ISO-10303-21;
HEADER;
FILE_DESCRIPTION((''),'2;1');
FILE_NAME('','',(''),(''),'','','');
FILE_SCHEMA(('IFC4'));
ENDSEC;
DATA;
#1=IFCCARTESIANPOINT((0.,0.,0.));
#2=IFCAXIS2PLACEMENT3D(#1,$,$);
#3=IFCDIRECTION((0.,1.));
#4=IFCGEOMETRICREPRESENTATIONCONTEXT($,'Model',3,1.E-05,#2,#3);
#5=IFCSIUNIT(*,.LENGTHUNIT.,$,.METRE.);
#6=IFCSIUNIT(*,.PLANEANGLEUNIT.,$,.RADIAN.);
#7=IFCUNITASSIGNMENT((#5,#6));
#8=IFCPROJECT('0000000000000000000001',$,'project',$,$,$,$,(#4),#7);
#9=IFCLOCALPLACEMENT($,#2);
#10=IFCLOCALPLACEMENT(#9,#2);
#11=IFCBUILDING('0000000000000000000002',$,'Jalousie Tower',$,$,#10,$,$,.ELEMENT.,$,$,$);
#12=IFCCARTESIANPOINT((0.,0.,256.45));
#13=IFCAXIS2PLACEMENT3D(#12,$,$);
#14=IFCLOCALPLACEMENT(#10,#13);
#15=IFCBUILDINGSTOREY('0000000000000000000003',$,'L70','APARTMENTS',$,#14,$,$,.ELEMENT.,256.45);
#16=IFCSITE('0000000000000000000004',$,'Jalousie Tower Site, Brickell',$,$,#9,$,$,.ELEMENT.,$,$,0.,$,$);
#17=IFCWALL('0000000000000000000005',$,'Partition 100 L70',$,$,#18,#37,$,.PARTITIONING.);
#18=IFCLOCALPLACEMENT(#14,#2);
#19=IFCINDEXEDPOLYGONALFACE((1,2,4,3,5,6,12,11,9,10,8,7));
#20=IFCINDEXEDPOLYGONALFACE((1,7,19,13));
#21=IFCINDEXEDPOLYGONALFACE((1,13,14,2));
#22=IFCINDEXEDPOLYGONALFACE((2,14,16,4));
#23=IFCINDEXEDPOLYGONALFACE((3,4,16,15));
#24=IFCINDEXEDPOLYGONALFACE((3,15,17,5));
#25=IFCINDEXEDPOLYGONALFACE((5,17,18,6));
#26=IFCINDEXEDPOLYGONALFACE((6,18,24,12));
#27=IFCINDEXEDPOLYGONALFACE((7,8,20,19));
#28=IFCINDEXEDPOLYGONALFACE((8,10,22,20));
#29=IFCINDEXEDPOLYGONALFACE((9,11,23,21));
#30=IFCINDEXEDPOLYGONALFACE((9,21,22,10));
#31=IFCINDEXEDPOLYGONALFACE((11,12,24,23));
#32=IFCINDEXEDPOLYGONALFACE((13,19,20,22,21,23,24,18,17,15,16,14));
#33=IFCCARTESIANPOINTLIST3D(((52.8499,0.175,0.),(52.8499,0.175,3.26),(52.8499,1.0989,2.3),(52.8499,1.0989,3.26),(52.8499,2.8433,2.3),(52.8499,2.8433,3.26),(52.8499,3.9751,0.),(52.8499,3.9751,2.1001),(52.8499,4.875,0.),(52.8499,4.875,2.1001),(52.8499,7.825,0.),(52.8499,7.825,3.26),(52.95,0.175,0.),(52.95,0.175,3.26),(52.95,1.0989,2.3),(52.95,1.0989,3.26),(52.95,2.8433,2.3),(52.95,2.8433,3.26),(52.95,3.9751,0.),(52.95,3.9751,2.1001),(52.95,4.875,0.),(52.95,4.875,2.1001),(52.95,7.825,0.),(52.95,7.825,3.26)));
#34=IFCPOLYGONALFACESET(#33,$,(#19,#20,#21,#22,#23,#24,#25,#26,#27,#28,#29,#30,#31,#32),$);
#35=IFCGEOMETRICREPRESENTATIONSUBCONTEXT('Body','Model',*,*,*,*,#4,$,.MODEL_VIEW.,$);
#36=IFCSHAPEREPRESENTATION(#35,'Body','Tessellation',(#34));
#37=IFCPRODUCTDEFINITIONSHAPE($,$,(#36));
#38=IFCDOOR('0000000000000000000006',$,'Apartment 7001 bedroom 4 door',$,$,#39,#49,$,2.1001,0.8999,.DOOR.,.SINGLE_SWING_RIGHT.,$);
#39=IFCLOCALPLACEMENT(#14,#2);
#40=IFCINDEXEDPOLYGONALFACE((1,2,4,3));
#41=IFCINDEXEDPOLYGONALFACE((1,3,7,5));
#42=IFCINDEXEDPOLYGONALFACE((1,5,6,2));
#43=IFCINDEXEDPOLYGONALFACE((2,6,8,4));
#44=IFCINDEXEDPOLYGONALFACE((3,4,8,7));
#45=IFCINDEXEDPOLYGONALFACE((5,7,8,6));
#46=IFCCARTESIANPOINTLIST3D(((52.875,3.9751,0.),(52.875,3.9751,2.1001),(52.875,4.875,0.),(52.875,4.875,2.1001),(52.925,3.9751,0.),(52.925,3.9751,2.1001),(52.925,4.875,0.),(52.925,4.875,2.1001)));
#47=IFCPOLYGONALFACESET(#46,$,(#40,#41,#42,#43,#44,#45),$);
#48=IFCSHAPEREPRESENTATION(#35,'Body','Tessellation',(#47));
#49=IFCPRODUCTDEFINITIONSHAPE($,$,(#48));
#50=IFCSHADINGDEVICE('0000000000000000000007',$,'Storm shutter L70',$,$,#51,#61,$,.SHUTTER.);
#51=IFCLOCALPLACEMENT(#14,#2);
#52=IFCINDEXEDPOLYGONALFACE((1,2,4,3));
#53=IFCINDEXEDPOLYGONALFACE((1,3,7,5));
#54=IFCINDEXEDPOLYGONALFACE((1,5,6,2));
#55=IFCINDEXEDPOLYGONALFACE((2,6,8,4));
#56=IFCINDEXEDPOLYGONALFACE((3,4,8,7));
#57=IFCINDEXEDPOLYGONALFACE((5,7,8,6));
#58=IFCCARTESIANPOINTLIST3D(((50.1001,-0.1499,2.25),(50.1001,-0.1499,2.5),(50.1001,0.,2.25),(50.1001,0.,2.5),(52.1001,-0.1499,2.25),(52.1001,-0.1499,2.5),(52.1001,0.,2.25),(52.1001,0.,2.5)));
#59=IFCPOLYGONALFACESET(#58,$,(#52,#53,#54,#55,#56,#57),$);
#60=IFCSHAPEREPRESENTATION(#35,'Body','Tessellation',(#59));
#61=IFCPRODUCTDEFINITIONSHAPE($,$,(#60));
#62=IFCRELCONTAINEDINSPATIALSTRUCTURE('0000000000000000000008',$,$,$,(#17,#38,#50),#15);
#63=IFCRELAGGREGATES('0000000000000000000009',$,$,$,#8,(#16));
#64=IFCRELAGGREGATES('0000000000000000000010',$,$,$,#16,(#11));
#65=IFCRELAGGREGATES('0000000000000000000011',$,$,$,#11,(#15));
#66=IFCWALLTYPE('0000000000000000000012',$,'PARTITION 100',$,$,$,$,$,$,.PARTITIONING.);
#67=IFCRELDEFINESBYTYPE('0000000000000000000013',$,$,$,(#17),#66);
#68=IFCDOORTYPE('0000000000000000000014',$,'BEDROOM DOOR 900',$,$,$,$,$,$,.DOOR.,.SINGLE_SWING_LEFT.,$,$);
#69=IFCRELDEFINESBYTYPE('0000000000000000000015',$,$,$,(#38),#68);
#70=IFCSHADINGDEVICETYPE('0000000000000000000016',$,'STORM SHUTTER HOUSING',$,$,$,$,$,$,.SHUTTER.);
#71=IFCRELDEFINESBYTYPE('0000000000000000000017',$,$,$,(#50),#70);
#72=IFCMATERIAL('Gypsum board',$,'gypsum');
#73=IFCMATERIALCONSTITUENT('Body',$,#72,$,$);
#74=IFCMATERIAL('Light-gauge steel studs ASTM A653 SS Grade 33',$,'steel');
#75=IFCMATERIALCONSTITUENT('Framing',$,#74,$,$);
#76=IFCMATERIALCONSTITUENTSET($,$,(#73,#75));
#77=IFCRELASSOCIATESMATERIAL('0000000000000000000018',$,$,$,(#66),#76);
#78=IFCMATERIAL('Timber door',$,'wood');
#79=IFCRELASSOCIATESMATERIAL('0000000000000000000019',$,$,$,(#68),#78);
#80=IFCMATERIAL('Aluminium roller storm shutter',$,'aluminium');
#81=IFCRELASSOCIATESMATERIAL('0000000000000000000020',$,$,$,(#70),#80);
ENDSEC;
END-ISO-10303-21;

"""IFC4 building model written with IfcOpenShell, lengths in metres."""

from ifc_helpers import new_model, si_unit, direction, frame, frame_2d, origin, origin_2d, place, context, subcontext, project, spatial, polyline, rectangle, outline, extrude, material, constituent, constituent_set, type_object, element, fill, save


model = new_model("IFC4")

# Units and contexts
model_context = context("Model", 3, precision=1e-05, world=origin(), true_north=direction((0.0, 1.0)))
body_context = subcontext(model_context, "Body", "Model", "MODEL_VIEW")
ifc_project = project(units=[si_unit("LENGTHUNIT", "METRE"), si_unit("PLANEANGLEUNIT", "RADIAN")], contexts=[model_context])

# Site, building, storey
site_placement = place(None, origin())
site = spatial("IfcSite", under=ifc_project, at=site_placement, Name="Jalousie Tower Site, Brickell", CompositionType="ELEMENT", RefElevation=0.0)
building_placement = place(site_placement, origin())
building = spatial("IfcBuilding", under=site, at=building_placement, Name="Jalousie Tower", CompositionType="ELEMENT")
storey_placement = place(building_placement, frame((0.0, 0.0, 256.45)))
storey = spatial("IfcBuildingStorey", under=building, at=storey_placement, Name="L70", Description="APARTMENTS", CompositionType="ELEMENT", Elevation=256.45)

# Shared definitions
ifc_material_1 = material(Name="Gypsum board", Category="gypsum")
ifc_constituent_1 = constituent(ifc_material_1, Name="Body")
ifc_material_2 = material(Name="Light-gauge steel studs ASTM A653 SS Grade 33", Category="steel")
ifc_constituent_2 = constituent(ifc_material_2, Name="Framing")
ifc_constituent_set = constituent_set(constituents=[ifc_constituent_1, ifc_constituent_2])
wall_type = type_object("IfcWallType", Name="PARTITION 100", PredefinedType="PARTITIONING", material=ifc_constituent_set)
ifc_material_3 = material(Name="Timber door", Category="wood")
door_type_1 = type_object("IfcDoorType", Name="BEDROOM DOOR 900", OperationType="SINGLE_SWING_LEFT", PredefinedType="DOOR", material=ifc_material_3)

# Wall, opening, door
wall_1_placement = place(storey_placement, frame((52.8999, 0.175, 0.0), z_axis=(0.0, 0.0, 1.0), x_axis=(0.0, 1.0, 0.0)))
wall_1 = element("IfcWall", 1, at=wall_1_placement, inside=storey, type_object=wall_type, Name="Partition 100 L70", PredefinedType="PARTITIONING", context=body_context, shape_type="SweptSolid", body=[
    extrude(outline(polyline([(0.0, 0.0), (7.6499, 0.0), (7.6499, 3.26), (2.6682, 3.26), (2.6682, 2.3), (0.9238, 2.3), (0.9238, 3.26), (0.0, 3.26), (0.0, 0.0)])), frame((0.0, 0.05, 0.0), z_axis=(0.0, -1.0, 0.0), x_axis=(1.0, 0.0, 0.0)), (0.0, 0.0, 1.0), 0.1001),
])
opening_1_placement = place(wall_1_placement, frame((3.8, 0.0, 0.0)))
opening_1 = element("IfcOpeningElement", 2, at=opening_1_placement, cuts=wall_1, PredefinedType="OPENING", context=body_context, shape_type="SweptSolid", body=[
    extrude(rectangle(XDim=0.8999, YDim=2.1001, at=frame_2d((0.45, 1.05))), frame((0.0, 0.0601, 0.0), z_axis=(0.0, -1.0, 0.0), x_axis=(1.0, 0.0, 0.0)), (0.0, 0.0, 1.0), 0.1201),
])
door_1_placement = place(opening_1_placement, origin())
door_1 = element("IfcDoor", 3, at=door_1_placement, inside=storey, type_object=door_type_1, Name="Apartment 7001 bedroom 4 door", OperationType="SINGLE_SWING_RIGHT", OverallHeight=2.1001, OverallWidth=0.8999, PredefinedType="DOOR", context=body_context, shape_type="SweptSolid", body=[
    extrude(rectangle(XDim=0.8999, YDim=2.1001, at=frame_2d((0.45, 1.05))), frame((0.0, 0.0249, 0.0), z_axis=(0.0, -1.0, 0.0), x_axis=(1.0, 0.0, 0.0)), (0.0, 0.0, 1.0), 0.05),
])
fill(opening_1, door_1)

# Shading device
ifc_material_4 = material(Name="Aluminium roller storm shutter", Category="aluminium")
shading_device_type = type_object("IfcShadingDeviceType", Name="STORM SHUTTER HOUSING", PredefinedType="SHUTTER", material=ifc_material_4)
shading_device_placement = place(storey_placement, frame((51.1001, -0.075, 2.25), z_axis=(0.0, 0.0, 1.0), x_axis=(1.0, 0.0, 0.0)))
element("IfcShadingDevice", 4, at=shading_device_placement, inside=storey, type_object=shading_device_type, Name="Storm shutter L70", PredefinedType="SHUTTER", context=body_context, shape_type="SweptSolid", body=[
    extrude(rectangle(XDim=2.0, YDim=0.1499, at=origin_2d()), origin(), (0.0, 0.0, 1.0), 0.25),
])

save(model, "model.ifc")
